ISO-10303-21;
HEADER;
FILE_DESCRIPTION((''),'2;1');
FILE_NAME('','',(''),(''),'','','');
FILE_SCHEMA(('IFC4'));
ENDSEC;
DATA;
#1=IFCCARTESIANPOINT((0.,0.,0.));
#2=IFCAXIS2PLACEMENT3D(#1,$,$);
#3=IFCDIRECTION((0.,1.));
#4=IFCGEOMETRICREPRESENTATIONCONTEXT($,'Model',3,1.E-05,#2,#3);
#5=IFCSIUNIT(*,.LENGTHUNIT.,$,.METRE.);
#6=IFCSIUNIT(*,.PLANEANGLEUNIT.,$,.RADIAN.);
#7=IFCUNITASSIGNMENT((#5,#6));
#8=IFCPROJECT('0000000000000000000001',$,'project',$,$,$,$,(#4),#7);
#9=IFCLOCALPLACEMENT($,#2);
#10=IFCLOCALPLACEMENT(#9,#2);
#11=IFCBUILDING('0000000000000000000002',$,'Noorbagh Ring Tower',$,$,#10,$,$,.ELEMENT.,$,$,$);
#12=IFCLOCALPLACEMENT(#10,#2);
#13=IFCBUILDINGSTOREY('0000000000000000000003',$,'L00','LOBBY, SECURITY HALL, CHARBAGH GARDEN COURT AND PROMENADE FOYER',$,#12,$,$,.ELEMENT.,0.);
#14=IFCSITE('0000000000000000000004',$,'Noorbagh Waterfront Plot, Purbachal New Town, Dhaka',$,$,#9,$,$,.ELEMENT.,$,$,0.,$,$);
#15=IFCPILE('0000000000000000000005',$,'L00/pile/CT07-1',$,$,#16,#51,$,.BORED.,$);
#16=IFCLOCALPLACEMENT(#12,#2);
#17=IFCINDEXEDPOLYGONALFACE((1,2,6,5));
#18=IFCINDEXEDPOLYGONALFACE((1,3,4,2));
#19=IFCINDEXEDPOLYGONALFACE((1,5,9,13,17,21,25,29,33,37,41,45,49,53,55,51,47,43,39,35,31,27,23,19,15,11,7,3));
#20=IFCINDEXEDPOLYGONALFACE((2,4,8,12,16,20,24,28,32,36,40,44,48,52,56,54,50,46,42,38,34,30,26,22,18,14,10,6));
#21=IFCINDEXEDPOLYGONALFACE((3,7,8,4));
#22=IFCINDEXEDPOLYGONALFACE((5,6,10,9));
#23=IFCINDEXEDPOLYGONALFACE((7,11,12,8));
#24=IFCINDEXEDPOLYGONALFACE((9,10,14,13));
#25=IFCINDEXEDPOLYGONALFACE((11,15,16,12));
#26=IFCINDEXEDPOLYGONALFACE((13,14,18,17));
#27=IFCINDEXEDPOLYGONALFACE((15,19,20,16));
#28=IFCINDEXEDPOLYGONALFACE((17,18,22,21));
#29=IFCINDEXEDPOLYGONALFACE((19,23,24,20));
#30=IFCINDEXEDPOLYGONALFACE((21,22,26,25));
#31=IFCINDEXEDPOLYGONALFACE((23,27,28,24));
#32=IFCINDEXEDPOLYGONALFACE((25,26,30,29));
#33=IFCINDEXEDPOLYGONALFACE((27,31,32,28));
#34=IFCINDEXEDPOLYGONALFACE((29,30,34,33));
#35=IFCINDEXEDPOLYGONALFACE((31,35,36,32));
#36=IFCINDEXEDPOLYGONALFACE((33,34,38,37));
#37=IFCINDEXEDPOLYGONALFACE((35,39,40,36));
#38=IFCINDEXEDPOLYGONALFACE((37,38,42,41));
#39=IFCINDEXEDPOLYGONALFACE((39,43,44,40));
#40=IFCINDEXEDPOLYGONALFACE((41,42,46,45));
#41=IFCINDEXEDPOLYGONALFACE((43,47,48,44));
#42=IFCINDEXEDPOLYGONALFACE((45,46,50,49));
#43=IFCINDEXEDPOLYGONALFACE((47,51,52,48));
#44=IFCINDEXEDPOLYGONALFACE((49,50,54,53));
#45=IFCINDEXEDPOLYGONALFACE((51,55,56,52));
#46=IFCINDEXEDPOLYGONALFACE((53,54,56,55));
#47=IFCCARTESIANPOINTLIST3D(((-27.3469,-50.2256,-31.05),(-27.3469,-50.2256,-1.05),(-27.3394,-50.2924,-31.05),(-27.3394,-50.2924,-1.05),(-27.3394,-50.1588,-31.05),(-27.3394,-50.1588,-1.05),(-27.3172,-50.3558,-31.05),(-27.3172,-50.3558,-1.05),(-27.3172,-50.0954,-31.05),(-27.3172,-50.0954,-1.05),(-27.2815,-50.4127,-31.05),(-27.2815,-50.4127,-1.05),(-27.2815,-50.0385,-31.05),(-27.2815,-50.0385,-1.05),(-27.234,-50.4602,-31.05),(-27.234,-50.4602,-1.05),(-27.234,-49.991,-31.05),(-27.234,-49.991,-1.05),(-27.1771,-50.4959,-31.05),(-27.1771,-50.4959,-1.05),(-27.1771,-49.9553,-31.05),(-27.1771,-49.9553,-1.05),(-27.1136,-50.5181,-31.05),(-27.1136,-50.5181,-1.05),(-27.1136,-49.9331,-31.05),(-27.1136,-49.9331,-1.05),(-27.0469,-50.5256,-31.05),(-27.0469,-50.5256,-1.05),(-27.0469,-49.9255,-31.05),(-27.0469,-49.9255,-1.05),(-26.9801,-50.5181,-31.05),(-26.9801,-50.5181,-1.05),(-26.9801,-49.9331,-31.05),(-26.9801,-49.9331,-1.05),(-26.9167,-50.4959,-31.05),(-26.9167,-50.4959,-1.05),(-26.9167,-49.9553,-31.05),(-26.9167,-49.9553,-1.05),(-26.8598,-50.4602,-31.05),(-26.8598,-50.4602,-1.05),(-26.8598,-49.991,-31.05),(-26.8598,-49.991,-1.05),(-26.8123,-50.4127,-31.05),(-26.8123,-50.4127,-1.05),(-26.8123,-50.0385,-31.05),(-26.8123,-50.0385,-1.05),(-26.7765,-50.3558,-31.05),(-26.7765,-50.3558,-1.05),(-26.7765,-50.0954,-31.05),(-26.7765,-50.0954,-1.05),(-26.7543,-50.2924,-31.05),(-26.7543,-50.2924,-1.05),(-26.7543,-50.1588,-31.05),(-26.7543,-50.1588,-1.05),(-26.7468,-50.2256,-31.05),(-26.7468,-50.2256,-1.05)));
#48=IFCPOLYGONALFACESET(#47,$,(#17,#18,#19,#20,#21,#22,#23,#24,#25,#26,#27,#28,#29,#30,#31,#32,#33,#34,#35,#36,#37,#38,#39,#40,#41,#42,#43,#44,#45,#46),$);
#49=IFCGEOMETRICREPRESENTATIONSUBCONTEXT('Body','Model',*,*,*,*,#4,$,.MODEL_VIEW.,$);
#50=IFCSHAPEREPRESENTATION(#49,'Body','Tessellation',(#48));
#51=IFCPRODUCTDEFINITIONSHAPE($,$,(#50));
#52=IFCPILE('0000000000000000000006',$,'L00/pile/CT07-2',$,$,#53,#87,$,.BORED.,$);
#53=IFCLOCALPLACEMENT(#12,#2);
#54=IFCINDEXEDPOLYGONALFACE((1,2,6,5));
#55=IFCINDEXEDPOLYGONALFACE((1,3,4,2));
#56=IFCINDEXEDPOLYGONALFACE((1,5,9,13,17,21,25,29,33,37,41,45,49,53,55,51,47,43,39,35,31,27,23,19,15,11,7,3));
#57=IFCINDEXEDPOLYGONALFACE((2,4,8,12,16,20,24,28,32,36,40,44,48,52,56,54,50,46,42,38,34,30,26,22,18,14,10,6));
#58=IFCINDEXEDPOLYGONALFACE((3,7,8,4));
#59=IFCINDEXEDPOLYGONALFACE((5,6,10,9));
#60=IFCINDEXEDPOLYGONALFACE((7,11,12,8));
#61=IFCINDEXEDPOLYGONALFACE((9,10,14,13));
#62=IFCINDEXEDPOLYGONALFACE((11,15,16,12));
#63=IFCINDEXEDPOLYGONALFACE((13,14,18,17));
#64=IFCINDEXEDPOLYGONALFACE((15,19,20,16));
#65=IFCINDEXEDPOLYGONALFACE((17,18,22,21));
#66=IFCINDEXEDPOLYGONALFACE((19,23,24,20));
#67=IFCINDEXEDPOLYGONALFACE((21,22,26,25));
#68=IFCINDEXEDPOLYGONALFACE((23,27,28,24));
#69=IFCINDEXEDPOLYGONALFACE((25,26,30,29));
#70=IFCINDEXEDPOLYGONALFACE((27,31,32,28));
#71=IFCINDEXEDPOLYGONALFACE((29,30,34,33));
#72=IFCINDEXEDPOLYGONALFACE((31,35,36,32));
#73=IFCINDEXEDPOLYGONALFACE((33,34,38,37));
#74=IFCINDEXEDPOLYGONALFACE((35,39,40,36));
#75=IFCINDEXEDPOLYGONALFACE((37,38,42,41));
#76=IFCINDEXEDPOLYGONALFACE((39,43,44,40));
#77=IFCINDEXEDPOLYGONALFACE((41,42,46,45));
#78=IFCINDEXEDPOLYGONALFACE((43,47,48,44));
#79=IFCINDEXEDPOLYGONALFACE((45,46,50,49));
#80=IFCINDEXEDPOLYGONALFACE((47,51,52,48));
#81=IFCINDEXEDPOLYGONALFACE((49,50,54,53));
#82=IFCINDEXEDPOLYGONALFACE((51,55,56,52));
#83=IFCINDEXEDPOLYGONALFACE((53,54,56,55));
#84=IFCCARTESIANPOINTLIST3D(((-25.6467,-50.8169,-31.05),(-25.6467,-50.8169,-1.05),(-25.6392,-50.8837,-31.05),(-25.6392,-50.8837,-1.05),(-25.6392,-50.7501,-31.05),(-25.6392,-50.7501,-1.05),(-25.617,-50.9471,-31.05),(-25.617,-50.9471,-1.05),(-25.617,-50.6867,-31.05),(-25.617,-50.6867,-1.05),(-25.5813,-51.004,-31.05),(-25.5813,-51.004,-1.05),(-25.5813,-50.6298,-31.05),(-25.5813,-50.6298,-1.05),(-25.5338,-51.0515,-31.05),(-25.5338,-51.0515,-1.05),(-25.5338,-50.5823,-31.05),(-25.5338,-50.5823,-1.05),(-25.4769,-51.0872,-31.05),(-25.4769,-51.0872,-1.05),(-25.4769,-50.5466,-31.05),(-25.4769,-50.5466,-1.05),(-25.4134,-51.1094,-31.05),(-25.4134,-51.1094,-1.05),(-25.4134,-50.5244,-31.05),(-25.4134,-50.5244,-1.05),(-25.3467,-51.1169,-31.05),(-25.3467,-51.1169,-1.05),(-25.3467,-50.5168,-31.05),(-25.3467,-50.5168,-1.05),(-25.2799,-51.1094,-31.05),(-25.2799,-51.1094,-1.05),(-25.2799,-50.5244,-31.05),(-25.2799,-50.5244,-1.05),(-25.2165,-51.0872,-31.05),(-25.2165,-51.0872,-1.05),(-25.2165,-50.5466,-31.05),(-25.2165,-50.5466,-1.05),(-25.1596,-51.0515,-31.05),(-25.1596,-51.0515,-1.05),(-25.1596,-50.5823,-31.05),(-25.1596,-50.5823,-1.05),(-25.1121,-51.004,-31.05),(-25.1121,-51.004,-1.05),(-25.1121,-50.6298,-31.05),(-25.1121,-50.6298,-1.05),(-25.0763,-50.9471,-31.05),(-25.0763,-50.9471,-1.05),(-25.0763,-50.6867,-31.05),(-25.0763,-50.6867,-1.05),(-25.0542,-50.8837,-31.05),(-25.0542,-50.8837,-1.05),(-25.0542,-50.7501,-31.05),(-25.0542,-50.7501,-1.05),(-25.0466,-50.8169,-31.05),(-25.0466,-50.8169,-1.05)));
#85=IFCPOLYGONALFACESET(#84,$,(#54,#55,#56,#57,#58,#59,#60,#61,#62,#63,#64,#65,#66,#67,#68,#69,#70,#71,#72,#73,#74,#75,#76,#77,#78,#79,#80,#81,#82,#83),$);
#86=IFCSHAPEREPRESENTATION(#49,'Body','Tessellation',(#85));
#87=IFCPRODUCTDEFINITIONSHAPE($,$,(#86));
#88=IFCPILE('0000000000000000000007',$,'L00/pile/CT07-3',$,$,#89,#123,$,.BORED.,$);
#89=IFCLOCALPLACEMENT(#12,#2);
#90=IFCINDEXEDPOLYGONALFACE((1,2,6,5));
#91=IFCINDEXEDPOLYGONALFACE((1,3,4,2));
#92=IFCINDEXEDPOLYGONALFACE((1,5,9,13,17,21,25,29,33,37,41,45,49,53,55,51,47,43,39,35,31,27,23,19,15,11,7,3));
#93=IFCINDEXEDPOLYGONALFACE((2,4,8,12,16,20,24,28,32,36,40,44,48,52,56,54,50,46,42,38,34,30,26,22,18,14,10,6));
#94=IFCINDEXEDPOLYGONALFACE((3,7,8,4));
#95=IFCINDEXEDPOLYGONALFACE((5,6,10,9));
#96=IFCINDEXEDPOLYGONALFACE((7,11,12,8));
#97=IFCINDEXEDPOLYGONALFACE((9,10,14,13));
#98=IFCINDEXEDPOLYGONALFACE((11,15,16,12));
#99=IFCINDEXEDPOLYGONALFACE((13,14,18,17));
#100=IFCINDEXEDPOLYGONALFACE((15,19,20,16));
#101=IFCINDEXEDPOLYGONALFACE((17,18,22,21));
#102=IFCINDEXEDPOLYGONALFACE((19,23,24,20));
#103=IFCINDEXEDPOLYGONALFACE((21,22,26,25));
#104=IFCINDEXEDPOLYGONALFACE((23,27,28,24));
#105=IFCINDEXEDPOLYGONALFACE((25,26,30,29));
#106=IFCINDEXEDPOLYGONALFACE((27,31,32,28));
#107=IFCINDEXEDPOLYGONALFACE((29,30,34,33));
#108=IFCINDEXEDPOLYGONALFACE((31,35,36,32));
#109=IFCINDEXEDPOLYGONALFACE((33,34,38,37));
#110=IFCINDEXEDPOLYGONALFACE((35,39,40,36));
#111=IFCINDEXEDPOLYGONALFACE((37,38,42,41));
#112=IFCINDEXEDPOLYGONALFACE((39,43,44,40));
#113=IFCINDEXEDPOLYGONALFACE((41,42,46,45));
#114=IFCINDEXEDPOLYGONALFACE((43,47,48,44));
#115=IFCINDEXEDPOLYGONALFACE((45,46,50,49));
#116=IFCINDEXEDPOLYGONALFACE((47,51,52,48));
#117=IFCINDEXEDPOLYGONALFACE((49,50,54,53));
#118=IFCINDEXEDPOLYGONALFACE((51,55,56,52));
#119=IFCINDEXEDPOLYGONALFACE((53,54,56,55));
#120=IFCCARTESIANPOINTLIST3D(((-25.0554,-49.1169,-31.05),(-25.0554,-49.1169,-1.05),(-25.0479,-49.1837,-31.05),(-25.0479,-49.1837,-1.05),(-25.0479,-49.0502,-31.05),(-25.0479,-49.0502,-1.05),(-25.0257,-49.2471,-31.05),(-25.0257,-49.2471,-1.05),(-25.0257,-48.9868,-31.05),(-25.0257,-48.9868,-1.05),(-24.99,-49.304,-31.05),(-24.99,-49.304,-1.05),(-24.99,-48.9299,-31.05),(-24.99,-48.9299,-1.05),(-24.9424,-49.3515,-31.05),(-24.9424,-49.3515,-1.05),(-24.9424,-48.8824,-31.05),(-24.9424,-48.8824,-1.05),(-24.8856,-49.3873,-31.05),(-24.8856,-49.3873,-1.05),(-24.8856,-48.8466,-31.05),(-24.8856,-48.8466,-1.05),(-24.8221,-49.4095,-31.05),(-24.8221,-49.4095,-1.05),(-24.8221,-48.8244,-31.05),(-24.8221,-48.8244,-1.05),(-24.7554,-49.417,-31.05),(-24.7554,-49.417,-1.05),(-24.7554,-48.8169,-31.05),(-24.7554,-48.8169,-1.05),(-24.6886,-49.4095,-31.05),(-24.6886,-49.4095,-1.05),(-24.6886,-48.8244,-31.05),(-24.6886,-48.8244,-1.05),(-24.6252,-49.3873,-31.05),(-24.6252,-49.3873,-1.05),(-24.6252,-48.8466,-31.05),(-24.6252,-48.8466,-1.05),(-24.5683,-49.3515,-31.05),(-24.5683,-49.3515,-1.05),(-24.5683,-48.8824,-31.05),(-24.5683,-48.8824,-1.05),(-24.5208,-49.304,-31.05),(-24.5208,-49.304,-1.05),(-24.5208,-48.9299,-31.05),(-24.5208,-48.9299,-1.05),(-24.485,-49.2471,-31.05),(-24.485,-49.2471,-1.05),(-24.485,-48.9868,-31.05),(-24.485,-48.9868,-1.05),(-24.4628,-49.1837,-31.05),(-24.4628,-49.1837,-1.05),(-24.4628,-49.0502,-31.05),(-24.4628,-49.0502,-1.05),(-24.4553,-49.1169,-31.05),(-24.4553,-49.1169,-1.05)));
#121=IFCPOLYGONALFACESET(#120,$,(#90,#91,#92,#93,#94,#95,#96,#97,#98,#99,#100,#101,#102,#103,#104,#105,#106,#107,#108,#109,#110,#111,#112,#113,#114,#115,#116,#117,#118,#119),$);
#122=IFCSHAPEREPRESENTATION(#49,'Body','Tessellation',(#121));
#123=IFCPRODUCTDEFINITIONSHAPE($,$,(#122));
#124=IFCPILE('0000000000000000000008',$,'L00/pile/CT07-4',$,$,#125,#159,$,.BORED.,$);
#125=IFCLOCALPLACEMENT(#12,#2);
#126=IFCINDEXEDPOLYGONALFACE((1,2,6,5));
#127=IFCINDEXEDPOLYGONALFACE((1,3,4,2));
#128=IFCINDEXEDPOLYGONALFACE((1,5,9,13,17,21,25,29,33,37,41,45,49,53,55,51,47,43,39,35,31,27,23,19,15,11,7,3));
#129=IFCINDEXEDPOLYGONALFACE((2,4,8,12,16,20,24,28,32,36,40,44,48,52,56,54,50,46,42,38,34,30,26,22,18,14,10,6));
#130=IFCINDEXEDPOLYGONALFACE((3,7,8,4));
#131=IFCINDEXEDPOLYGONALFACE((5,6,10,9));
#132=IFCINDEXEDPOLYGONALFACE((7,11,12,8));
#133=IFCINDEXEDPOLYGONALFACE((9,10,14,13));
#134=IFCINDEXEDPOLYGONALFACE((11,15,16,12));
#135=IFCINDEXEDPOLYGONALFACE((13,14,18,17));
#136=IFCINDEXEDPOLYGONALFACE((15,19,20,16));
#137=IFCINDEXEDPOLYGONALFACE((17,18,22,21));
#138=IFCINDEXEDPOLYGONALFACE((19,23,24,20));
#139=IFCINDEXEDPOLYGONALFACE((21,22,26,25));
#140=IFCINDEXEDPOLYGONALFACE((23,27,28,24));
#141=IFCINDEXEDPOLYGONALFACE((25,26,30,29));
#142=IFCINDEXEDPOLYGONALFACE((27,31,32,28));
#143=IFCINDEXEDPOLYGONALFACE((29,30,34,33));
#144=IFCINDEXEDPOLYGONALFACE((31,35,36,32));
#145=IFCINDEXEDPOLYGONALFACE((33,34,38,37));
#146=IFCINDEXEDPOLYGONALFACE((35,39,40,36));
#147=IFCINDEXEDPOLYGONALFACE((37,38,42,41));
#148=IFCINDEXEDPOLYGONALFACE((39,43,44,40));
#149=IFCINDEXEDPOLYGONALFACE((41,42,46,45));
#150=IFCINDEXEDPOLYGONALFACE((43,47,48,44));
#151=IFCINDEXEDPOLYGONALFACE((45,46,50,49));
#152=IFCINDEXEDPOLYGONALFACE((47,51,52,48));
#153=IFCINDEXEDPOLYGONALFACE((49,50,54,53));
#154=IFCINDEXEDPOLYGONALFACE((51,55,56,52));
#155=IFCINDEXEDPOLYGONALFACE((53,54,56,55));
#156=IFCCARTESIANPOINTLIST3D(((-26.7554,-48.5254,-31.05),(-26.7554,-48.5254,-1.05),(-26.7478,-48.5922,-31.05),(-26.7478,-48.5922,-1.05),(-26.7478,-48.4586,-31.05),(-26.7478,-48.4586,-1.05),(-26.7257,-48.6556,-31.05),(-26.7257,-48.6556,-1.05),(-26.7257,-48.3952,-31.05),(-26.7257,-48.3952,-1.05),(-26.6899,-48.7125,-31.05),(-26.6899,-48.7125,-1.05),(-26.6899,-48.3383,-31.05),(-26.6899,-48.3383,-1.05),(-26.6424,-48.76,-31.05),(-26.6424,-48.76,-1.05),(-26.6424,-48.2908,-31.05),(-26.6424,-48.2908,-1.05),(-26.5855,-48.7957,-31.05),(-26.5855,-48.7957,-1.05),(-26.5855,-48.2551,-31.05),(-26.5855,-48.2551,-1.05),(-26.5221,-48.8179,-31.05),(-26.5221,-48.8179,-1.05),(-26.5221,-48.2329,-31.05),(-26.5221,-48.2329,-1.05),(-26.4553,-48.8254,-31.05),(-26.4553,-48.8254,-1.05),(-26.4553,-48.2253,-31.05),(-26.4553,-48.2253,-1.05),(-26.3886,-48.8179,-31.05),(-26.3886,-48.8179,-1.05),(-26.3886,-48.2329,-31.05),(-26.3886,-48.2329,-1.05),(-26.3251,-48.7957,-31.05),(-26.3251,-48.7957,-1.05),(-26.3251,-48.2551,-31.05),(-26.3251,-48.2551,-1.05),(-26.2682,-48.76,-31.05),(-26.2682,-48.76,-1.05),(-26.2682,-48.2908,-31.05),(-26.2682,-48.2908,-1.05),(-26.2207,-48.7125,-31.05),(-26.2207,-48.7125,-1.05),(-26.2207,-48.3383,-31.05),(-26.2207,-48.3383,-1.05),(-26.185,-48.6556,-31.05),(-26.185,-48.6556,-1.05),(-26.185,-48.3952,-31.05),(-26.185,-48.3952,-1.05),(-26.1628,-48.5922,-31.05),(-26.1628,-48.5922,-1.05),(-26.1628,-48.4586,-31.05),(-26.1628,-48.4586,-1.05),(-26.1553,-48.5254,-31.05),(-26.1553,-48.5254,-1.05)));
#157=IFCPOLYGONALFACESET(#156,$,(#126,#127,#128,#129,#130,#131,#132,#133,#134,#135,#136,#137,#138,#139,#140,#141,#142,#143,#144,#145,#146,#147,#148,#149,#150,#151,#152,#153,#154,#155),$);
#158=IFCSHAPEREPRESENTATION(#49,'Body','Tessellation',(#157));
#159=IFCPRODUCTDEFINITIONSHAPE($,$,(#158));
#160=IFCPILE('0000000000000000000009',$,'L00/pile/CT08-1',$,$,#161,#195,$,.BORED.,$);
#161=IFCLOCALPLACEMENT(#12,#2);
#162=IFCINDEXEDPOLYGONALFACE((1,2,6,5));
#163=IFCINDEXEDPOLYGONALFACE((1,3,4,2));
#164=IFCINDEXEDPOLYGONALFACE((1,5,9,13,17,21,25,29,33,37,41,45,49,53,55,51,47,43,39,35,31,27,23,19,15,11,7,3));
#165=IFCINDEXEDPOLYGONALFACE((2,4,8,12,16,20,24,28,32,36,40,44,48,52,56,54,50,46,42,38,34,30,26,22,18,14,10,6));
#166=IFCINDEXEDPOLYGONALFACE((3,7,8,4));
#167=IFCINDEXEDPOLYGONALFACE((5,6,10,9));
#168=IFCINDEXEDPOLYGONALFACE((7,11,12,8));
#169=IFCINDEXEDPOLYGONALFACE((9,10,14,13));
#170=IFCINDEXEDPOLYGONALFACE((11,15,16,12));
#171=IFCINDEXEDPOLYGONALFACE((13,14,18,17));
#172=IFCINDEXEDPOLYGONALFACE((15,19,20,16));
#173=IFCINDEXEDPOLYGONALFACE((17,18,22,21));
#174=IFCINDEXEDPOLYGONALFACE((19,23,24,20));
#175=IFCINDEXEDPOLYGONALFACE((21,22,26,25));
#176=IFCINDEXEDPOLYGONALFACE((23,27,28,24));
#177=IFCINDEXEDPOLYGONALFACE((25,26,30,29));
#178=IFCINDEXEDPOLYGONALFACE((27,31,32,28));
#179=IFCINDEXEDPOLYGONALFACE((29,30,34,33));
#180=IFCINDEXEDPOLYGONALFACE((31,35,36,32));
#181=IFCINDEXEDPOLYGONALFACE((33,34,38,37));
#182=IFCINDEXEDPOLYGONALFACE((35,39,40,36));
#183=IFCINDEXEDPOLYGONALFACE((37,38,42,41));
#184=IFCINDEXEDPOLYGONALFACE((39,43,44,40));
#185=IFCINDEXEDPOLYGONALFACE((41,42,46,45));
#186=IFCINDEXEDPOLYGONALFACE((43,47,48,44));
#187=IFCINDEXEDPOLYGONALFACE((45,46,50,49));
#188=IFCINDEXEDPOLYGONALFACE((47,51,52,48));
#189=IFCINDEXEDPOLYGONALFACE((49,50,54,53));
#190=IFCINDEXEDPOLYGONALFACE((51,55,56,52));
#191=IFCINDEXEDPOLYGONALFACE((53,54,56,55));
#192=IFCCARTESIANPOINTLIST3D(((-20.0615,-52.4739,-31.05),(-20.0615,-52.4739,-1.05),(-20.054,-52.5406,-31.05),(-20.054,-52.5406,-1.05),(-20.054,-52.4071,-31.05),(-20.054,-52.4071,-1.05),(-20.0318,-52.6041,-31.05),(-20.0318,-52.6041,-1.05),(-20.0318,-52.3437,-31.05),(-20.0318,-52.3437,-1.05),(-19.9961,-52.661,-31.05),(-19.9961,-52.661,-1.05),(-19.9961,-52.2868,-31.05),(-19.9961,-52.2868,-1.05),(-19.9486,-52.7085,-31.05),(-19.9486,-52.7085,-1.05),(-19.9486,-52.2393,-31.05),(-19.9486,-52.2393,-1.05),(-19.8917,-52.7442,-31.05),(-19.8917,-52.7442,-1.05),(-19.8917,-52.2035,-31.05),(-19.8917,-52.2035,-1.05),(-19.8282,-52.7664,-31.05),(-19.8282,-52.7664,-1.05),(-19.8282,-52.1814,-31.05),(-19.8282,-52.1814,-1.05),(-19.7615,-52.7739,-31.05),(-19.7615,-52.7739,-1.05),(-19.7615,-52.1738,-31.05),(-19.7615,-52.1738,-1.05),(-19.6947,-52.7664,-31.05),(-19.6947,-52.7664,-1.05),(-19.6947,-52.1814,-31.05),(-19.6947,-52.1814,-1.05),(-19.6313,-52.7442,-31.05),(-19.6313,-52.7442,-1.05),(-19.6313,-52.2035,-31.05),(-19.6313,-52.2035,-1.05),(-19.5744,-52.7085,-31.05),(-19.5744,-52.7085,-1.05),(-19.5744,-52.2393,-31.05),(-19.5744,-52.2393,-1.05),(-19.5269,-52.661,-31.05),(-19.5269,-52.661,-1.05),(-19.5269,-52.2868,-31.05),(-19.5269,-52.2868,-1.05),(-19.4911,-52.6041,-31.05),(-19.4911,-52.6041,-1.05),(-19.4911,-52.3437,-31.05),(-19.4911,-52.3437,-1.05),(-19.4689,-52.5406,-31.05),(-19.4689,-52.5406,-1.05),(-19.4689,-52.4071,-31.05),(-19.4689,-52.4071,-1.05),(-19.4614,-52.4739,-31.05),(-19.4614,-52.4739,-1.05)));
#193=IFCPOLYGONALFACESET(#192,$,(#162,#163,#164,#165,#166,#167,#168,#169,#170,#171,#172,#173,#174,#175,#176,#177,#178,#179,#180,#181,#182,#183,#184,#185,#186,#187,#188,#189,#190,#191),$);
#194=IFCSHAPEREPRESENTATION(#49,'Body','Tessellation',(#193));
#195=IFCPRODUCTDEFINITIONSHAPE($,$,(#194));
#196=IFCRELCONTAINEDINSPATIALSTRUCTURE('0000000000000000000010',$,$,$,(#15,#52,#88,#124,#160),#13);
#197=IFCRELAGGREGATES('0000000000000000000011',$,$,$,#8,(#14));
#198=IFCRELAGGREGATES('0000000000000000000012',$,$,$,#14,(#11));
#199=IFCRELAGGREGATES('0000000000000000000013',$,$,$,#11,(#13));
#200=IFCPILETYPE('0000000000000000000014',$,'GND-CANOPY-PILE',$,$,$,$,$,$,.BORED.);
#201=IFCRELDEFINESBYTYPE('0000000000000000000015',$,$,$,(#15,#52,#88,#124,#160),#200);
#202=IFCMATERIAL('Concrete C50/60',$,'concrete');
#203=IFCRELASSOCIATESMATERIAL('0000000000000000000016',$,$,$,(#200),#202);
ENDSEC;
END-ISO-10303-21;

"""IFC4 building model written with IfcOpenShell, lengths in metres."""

from ifc_helpers import new_model, si_unit, direction, frame, origin, origin_2d, place, context, subcontext, project, spatial, circle, extrude, material, material_profile, profile_set, type_object, element, save


model = new_model("IFC4")

# Units and contexts
model_context = context("Model", 3, precision=1e-05, world=origin(), true_north=direction((0.0, 1.0)))
body_context = subcontext(model_context, "Body", "Model", "MODEL_VIEW")
ifc_project = project(units=[si_unit("LENGTHUNIT", "METRE"), si_unit("PLANEANGLEUNIT", "RADIAN")], contexts=[model_context])

# Site, building, storey
site_placement = place(None, origin())
site = spatial("IfcSite", under=ifc_project, at=site_placement, Name="Noorbagh Waterfront Plot, Purbachal New Town, Dhaka", CompositionType="ELEMENT", RefElevation=0.0)
building_placement = place(site_placement, origin())
building = spatial("IfcBuilding", under=site, at=building_placement, Name="Noorbagh Ring Tower", CompositionType="ELEMENT")
storey_placement = place(building_placement, origin())
storey = spatial("IfcBuildingStorey", under=building, at=storey_placement, Name="L00", Description="LOBBY, SECURITY HALL, CHARBAGH GARDEN COURT AND PROMENADE FOYER", CompositionType="ELEMENT", Elevation=0.0)

# Piles
ifc_material_1 = material(Name="Concrete C50/60", Category="concrete")
ifc_material_profile_1 = material_profile(ifc_material_1, circle(Radius=0.3, at=origin_2d()), Name="PILE600")
ifc_profile_set_1 = profile_set([ifc_material_profile_1], Name="Concrete C50/60")
pile_type = type_object("IfcPileType", Name="GND-CANOPY-PILE", PredefinedType="BORED", material=ifc_profile_set_1)
for number, where, z_axis, x_axis, name in (
    (1, (-27.0469, -50.2256, -1.05), (0.0, 0.0, -1.0), (1.0, 0.0, 0.0), "L00/pile/CT07-1"),
    (2, (-25.3467, -50.8169, -1.05), (0.0, 0.0, -1.0), (1.0, 0.0, 0.0), "L00/pile/CT07-2"),
    (3, (-24.7554, -49.1169, -1.05), (0.0, 0.0, -1.0), (1.0, 0.0, 0.0), "L00/pile/CT07-3"),
    (4, (-26.4553, -48.5254, -1.05), (0.0, 0.0, -1.0), (1.0, 0.0, 0.0), "L00/pile/CT07-4"),
    (5, (-19.7615, -52.4739, -1.05), (0.0, 0.0, -1.0), (1.0, 0.0, 0.0), "L00/pile/CT08-1"),
):
    element("IfcPile", number, at=place(storey_placement, frame(where, z_axis=z_axis, x_axis=x_axis)), inside=storey, type_object=pile_type, Name=name, PredefinedType="BORED", context=body_context, shape_type="SweptSolid", body=[
        extrude(circle(Radius=0.3, at=origin_2d()), origin(), (0.0, 0.0, 1.0), 30.0),
    ])

save(model, "model.ifc")
